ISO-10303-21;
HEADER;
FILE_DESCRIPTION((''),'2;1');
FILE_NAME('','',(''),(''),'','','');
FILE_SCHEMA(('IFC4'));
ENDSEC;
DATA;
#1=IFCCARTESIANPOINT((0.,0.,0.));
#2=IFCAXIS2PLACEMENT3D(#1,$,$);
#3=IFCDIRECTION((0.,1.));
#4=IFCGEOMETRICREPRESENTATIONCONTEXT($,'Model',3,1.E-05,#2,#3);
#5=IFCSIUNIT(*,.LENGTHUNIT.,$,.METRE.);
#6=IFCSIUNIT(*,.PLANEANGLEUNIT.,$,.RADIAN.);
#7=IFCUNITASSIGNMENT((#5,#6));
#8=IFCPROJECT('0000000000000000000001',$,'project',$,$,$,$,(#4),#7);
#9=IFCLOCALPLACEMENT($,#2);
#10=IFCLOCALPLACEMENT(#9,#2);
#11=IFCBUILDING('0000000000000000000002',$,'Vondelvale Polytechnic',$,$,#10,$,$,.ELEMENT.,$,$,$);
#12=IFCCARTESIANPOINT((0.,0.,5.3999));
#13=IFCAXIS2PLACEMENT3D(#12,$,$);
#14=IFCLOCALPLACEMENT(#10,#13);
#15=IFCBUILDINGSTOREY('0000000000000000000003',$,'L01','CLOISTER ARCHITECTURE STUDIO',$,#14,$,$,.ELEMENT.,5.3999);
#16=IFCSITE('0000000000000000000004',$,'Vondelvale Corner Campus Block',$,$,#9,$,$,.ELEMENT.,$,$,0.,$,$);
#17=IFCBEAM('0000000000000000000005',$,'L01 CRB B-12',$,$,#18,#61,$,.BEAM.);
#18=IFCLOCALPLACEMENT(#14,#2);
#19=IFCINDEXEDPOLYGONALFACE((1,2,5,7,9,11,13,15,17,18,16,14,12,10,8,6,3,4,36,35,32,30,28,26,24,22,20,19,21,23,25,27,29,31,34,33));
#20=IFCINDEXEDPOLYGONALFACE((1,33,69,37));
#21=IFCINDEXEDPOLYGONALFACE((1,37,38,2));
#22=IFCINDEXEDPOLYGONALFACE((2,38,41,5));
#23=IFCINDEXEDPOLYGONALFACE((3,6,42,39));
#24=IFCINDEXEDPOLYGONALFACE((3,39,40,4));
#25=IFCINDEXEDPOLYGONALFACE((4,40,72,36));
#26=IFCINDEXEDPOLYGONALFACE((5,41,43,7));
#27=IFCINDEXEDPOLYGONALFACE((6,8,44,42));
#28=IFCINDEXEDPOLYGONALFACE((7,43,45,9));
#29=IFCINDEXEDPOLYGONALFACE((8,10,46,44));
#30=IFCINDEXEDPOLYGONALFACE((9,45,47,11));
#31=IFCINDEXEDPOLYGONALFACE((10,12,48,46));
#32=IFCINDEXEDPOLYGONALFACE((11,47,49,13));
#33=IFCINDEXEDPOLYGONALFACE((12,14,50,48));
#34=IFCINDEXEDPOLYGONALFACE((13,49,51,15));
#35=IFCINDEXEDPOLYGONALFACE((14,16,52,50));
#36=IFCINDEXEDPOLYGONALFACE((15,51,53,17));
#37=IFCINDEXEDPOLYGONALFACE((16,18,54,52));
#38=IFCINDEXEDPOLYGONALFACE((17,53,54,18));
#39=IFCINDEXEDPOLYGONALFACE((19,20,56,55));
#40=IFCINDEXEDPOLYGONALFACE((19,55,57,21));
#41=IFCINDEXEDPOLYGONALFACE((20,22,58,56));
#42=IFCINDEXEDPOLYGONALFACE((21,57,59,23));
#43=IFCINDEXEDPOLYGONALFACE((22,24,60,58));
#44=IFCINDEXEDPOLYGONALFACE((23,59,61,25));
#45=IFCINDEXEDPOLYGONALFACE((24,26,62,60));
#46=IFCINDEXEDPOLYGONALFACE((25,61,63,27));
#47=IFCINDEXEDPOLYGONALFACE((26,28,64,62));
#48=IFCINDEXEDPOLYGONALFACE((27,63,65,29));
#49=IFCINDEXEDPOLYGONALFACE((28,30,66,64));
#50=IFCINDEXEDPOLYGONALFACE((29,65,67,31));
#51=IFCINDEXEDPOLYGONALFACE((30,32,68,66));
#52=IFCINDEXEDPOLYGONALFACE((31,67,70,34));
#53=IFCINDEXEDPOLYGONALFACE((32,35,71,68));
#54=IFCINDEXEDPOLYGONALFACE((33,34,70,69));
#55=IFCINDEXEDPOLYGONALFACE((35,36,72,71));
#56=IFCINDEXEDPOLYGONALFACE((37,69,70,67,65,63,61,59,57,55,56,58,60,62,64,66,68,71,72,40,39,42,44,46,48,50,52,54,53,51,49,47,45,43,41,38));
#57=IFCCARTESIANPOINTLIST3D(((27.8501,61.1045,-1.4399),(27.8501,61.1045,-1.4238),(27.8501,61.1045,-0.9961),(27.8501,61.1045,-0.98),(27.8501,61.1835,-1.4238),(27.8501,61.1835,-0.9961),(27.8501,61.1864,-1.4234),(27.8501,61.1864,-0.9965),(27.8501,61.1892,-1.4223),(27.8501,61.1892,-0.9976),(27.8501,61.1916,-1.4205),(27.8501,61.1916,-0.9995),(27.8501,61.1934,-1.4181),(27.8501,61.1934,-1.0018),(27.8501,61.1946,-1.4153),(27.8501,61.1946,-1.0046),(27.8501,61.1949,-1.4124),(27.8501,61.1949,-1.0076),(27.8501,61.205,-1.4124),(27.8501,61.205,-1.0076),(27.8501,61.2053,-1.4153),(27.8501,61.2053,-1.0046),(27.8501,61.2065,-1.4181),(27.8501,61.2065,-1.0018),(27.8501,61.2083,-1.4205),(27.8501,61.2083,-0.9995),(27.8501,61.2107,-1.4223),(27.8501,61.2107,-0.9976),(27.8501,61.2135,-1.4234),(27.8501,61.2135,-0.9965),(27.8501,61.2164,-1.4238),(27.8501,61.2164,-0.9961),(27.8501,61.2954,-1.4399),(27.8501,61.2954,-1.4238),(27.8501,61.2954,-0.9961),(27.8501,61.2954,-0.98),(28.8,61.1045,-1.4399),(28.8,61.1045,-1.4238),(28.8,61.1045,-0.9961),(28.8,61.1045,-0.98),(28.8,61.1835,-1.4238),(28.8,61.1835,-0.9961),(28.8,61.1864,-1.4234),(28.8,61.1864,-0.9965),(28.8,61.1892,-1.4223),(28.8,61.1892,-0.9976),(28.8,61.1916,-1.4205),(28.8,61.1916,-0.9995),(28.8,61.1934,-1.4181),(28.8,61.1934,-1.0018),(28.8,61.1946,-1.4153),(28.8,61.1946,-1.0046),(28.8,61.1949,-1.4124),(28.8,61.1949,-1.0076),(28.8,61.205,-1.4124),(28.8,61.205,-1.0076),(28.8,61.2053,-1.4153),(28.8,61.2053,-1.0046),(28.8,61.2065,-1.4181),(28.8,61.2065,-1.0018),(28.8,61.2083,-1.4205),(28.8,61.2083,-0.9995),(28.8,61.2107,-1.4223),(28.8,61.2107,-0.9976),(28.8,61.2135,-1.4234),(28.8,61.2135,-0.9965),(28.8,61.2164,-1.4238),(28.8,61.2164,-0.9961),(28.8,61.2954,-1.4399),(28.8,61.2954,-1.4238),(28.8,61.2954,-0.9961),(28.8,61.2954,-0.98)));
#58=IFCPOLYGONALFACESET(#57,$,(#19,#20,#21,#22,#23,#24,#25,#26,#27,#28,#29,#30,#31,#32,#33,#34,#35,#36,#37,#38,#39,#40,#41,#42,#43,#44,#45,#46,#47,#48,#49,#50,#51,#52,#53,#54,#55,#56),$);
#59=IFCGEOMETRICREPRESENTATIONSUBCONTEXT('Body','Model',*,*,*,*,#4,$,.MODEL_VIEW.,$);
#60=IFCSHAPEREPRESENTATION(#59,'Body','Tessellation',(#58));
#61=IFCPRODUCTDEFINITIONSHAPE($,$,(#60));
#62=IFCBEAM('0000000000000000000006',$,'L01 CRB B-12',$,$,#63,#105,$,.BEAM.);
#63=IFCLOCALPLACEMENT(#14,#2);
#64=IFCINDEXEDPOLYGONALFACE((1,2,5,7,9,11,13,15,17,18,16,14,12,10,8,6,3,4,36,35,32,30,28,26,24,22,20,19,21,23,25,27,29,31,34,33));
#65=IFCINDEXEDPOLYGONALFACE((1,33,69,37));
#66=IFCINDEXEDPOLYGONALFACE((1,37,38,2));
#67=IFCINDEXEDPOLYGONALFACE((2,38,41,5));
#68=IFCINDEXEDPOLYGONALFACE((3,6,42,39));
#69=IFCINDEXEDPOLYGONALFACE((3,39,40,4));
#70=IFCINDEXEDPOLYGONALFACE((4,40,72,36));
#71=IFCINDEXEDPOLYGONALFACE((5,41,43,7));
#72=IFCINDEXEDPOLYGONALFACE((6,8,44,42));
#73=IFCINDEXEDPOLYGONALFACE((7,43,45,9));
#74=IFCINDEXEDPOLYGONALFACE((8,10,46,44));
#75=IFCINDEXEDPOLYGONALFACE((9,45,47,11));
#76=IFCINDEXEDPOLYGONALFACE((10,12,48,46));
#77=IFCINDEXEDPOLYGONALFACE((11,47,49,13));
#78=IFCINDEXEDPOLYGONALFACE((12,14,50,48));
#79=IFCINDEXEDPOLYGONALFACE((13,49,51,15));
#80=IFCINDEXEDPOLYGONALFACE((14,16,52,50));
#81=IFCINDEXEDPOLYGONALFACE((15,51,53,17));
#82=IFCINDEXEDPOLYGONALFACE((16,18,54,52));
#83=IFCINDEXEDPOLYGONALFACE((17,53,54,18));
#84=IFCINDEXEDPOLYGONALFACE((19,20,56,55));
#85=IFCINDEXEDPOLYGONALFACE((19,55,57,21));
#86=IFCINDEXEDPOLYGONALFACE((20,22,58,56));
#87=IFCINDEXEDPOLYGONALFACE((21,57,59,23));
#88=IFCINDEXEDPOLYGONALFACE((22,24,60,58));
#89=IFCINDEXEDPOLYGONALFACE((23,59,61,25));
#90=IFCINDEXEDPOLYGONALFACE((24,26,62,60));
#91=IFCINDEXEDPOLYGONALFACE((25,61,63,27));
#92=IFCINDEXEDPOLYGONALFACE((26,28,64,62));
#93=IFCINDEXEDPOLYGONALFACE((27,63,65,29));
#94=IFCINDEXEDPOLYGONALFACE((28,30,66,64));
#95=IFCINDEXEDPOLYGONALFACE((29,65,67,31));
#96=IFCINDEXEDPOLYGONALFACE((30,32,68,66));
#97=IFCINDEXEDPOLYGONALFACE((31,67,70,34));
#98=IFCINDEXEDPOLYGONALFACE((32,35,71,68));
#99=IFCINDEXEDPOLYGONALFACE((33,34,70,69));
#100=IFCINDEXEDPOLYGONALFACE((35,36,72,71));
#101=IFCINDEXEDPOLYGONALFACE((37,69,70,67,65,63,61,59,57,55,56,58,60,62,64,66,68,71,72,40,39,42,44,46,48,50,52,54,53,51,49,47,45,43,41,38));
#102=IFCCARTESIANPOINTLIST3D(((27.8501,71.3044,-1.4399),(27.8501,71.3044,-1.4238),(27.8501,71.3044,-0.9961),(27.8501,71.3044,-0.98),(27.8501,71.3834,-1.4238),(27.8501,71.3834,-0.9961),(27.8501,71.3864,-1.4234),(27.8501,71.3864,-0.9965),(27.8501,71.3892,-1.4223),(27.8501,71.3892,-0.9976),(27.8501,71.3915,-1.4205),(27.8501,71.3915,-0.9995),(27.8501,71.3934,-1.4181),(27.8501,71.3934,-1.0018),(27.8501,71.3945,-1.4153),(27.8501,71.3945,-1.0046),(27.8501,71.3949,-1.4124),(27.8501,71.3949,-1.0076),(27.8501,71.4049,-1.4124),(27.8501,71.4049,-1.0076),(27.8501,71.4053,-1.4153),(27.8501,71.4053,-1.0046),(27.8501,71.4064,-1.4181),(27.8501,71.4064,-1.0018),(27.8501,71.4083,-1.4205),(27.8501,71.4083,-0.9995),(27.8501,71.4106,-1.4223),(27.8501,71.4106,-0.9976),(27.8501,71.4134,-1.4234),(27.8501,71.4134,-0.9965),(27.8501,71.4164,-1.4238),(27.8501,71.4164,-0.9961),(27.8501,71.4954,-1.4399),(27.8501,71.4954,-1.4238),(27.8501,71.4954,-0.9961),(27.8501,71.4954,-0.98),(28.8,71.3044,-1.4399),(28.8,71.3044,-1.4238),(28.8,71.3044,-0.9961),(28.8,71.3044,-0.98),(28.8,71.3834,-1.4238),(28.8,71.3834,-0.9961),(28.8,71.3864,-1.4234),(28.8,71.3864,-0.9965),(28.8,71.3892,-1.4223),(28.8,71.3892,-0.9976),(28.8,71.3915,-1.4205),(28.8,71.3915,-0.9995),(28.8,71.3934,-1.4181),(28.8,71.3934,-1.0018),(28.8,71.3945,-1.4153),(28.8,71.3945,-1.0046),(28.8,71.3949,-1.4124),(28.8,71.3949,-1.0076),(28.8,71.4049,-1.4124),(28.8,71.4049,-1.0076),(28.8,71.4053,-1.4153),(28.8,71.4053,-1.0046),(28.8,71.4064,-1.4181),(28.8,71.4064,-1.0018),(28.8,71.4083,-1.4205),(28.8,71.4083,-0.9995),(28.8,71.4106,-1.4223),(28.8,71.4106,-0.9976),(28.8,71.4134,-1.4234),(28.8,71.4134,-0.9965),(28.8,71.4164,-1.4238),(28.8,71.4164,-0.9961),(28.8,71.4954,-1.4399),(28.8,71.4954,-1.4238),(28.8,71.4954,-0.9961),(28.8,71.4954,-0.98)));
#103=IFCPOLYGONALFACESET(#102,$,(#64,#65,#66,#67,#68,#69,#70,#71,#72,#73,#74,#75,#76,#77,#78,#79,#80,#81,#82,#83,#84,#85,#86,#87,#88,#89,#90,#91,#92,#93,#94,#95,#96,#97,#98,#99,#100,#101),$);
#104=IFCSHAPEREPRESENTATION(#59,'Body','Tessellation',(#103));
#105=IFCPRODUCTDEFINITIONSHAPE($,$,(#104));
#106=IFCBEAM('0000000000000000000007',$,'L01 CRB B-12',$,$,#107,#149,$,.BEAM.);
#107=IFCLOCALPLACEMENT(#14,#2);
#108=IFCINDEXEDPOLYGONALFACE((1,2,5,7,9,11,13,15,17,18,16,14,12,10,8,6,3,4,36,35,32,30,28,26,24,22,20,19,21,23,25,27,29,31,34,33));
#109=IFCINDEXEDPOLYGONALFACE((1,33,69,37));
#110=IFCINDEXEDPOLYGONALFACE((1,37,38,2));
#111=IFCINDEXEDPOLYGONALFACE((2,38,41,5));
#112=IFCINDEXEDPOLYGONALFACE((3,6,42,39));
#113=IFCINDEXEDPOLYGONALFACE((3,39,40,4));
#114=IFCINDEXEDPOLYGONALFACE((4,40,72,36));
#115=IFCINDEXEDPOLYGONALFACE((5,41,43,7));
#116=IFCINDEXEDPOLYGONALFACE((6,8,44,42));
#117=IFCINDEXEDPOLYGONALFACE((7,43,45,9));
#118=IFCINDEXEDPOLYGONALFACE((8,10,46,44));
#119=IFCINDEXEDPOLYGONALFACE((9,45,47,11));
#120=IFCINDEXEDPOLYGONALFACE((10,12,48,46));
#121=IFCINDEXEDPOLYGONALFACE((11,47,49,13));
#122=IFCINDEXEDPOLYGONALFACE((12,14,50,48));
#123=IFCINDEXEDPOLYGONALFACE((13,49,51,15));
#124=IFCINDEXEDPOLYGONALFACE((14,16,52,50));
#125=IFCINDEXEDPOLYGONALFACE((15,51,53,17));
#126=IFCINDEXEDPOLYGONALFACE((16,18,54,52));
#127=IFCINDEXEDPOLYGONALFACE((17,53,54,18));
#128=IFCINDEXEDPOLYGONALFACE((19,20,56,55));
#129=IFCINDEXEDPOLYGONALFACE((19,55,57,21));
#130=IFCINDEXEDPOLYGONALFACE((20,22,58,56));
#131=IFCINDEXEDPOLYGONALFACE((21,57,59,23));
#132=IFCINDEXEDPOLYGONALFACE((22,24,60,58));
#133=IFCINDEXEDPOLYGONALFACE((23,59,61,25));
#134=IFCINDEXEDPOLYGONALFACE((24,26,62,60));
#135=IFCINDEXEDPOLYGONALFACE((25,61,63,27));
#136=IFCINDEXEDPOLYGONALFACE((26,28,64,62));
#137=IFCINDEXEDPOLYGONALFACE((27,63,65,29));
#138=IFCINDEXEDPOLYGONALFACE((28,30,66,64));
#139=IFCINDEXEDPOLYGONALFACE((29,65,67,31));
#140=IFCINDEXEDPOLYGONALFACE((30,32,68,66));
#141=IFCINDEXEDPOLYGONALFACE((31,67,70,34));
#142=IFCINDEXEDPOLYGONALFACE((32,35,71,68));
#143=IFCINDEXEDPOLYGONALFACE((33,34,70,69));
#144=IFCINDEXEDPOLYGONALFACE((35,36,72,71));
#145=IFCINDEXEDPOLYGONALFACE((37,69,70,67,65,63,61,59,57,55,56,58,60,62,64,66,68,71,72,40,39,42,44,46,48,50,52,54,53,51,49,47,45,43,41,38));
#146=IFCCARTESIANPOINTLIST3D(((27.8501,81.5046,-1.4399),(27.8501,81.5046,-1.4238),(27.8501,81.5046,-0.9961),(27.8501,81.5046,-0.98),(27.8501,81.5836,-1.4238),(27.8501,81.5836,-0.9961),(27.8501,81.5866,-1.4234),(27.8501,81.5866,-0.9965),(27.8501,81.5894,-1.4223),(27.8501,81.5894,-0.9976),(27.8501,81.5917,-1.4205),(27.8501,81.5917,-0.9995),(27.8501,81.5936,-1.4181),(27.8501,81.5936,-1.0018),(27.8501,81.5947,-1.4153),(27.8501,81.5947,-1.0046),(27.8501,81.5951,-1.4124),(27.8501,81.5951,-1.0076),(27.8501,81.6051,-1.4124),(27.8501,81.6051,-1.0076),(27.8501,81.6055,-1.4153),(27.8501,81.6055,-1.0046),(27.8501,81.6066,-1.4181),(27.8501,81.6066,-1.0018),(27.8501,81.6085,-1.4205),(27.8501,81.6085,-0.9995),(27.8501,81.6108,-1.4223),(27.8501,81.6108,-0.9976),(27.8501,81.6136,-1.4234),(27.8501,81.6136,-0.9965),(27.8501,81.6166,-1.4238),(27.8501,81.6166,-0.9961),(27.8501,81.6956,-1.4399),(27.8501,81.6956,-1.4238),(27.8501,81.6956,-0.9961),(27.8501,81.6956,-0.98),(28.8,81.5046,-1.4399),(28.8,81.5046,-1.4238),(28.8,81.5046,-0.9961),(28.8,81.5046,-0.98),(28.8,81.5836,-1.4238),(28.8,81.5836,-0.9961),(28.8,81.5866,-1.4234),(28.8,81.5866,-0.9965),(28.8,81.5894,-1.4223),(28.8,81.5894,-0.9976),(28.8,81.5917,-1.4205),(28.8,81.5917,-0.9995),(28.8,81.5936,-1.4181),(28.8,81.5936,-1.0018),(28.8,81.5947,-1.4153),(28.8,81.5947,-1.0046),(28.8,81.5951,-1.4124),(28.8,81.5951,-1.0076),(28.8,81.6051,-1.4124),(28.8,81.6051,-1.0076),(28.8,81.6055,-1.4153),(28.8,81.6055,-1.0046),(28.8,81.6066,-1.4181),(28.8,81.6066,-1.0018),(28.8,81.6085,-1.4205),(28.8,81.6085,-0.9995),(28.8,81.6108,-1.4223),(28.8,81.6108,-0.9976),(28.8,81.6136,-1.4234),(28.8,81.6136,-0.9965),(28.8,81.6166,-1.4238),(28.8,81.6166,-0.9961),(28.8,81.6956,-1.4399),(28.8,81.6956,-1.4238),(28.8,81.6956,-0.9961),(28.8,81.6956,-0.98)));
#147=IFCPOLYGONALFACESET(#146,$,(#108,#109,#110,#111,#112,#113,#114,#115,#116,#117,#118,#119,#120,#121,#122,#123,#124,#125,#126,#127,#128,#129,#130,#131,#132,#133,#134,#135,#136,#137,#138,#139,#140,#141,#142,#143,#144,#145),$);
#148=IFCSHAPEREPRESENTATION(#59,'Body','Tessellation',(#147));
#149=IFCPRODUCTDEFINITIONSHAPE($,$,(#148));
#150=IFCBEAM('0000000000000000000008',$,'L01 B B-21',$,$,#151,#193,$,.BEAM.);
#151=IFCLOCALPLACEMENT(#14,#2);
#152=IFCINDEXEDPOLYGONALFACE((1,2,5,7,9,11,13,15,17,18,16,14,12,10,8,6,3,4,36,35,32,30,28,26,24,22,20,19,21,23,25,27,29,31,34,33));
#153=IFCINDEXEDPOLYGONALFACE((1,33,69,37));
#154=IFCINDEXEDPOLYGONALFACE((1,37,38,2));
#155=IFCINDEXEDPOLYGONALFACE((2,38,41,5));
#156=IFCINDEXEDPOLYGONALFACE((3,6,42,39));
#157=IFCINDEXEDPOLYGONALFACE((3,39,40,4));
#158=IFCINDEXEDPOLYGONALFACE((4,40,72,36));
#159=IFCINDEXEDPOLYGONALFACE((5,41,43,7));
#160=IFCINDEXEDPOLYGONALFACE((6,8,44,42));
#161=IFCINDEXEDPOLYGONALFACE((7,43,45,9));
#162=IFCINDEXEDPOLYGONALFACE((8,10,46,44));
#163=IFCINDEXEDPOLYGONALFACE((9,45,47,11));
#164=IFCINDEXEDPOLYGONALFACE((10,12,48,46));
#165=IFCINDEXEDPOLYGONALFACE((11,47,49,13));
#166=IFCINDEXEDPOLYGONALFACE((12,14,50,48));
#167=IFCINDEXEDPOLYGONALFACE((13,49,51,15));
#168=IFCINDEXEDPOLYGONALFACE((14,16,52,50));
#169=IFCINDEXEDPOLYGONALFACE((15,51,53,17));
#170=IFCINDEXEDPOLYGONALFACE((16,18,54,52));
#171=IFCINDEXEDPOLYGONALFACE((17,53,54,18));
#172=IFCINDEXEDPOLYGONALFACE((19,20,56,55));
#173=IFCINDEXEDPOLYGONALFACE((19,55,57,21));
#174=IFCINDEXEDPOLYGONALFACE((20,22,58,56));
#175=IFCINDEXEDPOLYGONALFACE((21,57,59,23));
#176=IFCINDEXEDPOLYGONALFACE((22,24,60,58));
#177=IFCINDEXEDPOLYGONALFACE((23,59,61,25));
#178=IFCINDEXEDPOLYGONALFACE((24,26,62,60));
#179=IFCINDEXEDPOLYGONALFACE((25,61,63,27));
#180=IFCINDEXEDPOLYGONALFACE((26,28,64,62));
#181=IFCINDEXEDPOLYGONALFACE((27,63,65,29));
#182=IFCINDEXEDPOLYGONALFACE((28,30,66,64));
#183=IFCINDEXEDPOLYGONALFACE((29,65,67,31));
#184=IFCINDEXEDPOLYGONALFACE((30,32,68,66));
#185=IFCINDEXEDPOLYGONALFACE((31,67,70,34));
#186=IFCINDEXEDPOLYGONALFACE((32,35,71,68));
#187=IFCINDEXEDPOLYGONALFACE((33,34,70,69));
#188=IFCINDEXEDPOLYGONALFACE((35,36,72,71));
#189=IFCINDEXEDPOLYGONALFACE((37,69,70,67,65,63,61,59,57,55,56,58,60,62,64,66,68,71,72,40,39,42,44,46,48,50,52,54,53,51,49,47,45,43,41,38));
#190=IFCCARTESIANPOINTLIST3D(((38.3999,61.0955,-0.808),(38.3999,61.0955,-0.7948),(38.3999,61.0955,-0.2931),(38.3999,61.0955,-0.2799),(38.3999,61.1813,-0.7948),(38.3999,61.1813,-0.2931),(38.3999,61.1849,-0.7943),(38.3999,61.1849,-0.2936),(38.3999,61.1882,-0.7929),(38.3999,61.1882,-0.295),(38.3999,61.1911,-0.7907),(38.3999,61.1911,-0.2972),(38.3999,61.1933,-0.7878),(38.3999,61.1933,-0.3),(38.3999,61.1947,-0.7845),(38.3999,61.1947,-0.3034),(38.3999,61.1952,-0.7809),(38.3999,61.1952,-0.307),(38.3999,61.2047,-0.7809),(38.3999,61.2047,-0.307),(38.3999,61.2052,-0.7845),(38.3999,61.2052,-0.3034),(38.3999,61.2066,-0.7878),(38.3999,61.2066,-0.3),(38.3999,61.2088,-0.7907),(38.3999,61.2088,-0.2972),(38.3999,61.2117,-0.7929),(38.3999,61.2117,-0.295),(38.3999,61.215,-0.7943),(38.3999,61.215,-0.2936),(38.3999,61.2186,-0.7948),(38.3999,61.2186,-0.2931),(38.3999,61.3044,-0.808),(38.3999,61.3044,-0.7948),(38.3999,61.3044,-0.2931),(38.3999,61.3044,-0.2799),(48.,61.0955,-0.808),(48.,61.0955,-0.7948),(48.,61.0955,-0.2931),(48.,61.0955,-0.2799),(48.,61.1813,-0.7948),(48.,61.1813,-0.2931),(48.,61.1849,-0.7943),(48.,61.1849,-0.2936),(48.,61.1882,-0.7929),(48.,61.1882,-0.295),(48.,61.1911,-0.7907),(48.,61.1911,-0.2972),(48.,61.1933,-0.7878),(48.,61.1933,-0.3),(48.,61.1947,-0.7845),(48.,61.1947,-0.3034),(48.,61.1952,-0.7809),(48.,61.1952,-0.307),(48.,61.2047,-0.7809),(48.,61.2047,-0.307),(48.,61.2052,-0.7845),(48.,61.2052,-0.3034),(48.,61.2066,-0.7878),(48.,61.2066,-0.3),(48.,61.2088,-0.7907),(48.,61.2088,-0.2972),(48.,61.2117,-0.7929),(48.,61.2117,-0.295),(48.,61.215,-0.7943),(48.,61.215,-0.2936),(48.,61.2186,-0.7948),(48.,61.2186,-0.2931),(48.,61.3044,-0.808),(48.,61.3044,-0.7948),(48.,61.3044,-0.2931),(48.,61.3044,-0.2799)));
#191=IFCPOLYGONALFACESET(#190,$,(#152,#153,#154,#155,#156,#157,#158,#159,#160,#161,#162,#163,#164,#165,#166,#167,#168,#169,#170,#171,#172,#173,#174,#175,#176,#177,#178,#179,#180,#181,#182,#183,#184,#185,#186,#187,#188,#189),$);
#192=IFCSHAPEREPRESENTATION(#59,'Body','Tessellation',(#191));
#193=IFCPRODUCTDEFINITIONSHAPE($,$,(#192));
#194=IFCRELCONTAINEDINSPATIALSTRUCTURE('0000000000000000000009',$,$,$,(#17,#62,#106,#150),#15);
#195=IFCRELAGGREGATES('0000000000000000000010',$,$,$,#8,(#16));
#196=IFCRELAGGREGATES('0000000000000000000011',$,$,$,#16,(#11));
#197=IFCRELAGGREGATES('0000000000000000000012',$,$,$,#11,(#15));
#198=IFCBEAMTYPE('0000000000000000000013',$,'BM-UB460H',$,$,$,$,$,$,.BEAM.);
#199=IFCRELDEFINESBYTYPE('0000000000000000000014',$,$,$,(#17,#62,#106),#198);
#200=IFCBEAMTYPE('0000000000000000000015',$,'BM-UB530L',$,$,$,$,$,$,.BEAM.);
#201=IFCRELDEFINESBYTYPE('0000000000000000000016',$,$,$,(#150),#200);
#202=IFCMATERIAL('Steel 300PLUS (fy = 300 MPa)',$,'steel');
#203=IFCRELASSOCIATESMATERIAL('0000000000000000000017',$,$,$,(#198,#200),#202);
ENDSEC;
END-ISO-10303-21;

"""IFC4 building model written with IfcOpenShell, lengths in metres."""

from ifc_helpers import new_model, si_unit, direction, frame, origin, origin_2d, place, context, subcontext, project, spatial, i_section, extrude, material, material_profile, profile_set, type_object, element, save


model = new_model("IFC4")

# Units and contexts
model_context = context("Model", 3, precision=1e-05, world=origin(), true_north=direction((0.0, 1.0)))
body_context = subcontext(model_context, "Body", "Model", "MODEL_VIEW")
ifc_project = project(units=[si_unit("LENGTHUNIT", "METRE"), si_unit("PLANEANGLEUNIT", "RADIAN")], contexts=[model_context])

# Site, building, storey
site_placement = place(None, origin())
site = spatial("IfcSite", under=ifc_project, at=site_placement, Name="Vondelvale Corner Campus Block", CompositionType="ELEMENT", RefElevation=0.0)
building_placement = place(site_placement, origin())
building = spatial("IfcBuilding", under=site, at=building_placement, Name="Vondelvale Polytechnic", CompositionType="ELEMENT")
storey_placement = place(building_placement, frame((0.0, 0.0, 5.3999)))
storey = spatial("IfcBuildingStorey", under=building, at=storey_placement, Name="L01", Description="CLOISTER ARCHITECTURE STUDIO", CompositionType="ELEMENT", Elevation=5.3999)

# Shared definitions
ifc_material_1 = material(Name="Steel 300PLUS (fy = 300 MPa)", Category="steel")

# Beams
ifc_material_profile_1 = material_profile(ifc_material_1, i_section(OverallWidth=0.1909, OverallDepth=0.46, WebThickness=0.01, FlangeThickness=0.0161, FilletRadius=0.0115, at=origin_2d()), Name="460UB82.1")
ifc_profile_set_1 = profile_set([ifc_material_profile_1], Name="Steel 300PLUS (fy = 300 MPa)")
beam_type_1 = type_object("IfcBeamType", Name="BM-UB460H", PredefinedType="BEAM", material=ifc_profile_set_1)
for number, where, z_axis, x_axis, name in (
    (1, (27.8501, 61.2, -1.21), (1.0, 0.0, 0.0), (0.0, 1.0, 0.0), "L01 CRB B-12"),
    (2, (27.8501, 71.3999, -1.21), (1.0, 0.0, 0.0), (0.0, 1.0, 0.0), "L01 CRB B-12"),
    (3, (27.8501, 81.6001, -1.21), (1.0, 0.0, 0.0), (0.0, 1.0, 0.0), "L01 CRB B-12"),
):
    element("IfcBeam", number, at=place(storey_placement, frame(where, z_axis=z_axis, x_axis=x_axis)), inside=storey, type_object=beam_type_1, Name=name, PredefinedType="BEAM", context=body_context, shape_type="SweptSolid", body=[
        extrude(i_section(OverallWidth=0.1909, OverallDepth=0.46, WebThickness=0.01, FlangeThickness=0.0161, FilletRadius=0.0115, at=origin_2d()), origin(), (0.0, 0.0, 1.0), 0.95),
    ])
ifc_material_profile_2 = material_profile(ifc_material_1, i_section(OverallWidth=0.209, OverallDepth=0.5281, WebThickness=0.0095, FlangeThickness=0.0132, FilletRadius=0.0139, at=origin_2d()), Name="530UB82.0")
ifc_profile_set_2 = profile_set([ifc_material_profile_2], Name="Steel 300PLUS (fy = 300 MPa)")
beam_type_2 = type_object("IfcBeamType", Name="BM-UB530L", PredefinedType="BEAM", material=ifc_profile_set_2)
beam_1_placement = place(storey_placement, frame((38.3999, 61.2, -0.5439), z_axis=(1.0, 0.0, 0.0), x_axis=(0.0, 1.0, 0.0)))
element("IfcBeam", 4, at=beam_1_placement, inside=storey, type_object=beam_type_2, Name="L01 B B-21", PredefinedType="BEAM", context=body_context, shape_type="SweptSolid", body=[
    extrude(i_section(OverallWidth=0.209, OverallDepth=0.5281, WebThickness=0.0095, FlangeThickness=0.0132, FilletRadius=0.0139, at=origin_2d()), origin(), (0.0, 0.0, 1.0), 9.6001),
])

save(model, "model.ifc")
